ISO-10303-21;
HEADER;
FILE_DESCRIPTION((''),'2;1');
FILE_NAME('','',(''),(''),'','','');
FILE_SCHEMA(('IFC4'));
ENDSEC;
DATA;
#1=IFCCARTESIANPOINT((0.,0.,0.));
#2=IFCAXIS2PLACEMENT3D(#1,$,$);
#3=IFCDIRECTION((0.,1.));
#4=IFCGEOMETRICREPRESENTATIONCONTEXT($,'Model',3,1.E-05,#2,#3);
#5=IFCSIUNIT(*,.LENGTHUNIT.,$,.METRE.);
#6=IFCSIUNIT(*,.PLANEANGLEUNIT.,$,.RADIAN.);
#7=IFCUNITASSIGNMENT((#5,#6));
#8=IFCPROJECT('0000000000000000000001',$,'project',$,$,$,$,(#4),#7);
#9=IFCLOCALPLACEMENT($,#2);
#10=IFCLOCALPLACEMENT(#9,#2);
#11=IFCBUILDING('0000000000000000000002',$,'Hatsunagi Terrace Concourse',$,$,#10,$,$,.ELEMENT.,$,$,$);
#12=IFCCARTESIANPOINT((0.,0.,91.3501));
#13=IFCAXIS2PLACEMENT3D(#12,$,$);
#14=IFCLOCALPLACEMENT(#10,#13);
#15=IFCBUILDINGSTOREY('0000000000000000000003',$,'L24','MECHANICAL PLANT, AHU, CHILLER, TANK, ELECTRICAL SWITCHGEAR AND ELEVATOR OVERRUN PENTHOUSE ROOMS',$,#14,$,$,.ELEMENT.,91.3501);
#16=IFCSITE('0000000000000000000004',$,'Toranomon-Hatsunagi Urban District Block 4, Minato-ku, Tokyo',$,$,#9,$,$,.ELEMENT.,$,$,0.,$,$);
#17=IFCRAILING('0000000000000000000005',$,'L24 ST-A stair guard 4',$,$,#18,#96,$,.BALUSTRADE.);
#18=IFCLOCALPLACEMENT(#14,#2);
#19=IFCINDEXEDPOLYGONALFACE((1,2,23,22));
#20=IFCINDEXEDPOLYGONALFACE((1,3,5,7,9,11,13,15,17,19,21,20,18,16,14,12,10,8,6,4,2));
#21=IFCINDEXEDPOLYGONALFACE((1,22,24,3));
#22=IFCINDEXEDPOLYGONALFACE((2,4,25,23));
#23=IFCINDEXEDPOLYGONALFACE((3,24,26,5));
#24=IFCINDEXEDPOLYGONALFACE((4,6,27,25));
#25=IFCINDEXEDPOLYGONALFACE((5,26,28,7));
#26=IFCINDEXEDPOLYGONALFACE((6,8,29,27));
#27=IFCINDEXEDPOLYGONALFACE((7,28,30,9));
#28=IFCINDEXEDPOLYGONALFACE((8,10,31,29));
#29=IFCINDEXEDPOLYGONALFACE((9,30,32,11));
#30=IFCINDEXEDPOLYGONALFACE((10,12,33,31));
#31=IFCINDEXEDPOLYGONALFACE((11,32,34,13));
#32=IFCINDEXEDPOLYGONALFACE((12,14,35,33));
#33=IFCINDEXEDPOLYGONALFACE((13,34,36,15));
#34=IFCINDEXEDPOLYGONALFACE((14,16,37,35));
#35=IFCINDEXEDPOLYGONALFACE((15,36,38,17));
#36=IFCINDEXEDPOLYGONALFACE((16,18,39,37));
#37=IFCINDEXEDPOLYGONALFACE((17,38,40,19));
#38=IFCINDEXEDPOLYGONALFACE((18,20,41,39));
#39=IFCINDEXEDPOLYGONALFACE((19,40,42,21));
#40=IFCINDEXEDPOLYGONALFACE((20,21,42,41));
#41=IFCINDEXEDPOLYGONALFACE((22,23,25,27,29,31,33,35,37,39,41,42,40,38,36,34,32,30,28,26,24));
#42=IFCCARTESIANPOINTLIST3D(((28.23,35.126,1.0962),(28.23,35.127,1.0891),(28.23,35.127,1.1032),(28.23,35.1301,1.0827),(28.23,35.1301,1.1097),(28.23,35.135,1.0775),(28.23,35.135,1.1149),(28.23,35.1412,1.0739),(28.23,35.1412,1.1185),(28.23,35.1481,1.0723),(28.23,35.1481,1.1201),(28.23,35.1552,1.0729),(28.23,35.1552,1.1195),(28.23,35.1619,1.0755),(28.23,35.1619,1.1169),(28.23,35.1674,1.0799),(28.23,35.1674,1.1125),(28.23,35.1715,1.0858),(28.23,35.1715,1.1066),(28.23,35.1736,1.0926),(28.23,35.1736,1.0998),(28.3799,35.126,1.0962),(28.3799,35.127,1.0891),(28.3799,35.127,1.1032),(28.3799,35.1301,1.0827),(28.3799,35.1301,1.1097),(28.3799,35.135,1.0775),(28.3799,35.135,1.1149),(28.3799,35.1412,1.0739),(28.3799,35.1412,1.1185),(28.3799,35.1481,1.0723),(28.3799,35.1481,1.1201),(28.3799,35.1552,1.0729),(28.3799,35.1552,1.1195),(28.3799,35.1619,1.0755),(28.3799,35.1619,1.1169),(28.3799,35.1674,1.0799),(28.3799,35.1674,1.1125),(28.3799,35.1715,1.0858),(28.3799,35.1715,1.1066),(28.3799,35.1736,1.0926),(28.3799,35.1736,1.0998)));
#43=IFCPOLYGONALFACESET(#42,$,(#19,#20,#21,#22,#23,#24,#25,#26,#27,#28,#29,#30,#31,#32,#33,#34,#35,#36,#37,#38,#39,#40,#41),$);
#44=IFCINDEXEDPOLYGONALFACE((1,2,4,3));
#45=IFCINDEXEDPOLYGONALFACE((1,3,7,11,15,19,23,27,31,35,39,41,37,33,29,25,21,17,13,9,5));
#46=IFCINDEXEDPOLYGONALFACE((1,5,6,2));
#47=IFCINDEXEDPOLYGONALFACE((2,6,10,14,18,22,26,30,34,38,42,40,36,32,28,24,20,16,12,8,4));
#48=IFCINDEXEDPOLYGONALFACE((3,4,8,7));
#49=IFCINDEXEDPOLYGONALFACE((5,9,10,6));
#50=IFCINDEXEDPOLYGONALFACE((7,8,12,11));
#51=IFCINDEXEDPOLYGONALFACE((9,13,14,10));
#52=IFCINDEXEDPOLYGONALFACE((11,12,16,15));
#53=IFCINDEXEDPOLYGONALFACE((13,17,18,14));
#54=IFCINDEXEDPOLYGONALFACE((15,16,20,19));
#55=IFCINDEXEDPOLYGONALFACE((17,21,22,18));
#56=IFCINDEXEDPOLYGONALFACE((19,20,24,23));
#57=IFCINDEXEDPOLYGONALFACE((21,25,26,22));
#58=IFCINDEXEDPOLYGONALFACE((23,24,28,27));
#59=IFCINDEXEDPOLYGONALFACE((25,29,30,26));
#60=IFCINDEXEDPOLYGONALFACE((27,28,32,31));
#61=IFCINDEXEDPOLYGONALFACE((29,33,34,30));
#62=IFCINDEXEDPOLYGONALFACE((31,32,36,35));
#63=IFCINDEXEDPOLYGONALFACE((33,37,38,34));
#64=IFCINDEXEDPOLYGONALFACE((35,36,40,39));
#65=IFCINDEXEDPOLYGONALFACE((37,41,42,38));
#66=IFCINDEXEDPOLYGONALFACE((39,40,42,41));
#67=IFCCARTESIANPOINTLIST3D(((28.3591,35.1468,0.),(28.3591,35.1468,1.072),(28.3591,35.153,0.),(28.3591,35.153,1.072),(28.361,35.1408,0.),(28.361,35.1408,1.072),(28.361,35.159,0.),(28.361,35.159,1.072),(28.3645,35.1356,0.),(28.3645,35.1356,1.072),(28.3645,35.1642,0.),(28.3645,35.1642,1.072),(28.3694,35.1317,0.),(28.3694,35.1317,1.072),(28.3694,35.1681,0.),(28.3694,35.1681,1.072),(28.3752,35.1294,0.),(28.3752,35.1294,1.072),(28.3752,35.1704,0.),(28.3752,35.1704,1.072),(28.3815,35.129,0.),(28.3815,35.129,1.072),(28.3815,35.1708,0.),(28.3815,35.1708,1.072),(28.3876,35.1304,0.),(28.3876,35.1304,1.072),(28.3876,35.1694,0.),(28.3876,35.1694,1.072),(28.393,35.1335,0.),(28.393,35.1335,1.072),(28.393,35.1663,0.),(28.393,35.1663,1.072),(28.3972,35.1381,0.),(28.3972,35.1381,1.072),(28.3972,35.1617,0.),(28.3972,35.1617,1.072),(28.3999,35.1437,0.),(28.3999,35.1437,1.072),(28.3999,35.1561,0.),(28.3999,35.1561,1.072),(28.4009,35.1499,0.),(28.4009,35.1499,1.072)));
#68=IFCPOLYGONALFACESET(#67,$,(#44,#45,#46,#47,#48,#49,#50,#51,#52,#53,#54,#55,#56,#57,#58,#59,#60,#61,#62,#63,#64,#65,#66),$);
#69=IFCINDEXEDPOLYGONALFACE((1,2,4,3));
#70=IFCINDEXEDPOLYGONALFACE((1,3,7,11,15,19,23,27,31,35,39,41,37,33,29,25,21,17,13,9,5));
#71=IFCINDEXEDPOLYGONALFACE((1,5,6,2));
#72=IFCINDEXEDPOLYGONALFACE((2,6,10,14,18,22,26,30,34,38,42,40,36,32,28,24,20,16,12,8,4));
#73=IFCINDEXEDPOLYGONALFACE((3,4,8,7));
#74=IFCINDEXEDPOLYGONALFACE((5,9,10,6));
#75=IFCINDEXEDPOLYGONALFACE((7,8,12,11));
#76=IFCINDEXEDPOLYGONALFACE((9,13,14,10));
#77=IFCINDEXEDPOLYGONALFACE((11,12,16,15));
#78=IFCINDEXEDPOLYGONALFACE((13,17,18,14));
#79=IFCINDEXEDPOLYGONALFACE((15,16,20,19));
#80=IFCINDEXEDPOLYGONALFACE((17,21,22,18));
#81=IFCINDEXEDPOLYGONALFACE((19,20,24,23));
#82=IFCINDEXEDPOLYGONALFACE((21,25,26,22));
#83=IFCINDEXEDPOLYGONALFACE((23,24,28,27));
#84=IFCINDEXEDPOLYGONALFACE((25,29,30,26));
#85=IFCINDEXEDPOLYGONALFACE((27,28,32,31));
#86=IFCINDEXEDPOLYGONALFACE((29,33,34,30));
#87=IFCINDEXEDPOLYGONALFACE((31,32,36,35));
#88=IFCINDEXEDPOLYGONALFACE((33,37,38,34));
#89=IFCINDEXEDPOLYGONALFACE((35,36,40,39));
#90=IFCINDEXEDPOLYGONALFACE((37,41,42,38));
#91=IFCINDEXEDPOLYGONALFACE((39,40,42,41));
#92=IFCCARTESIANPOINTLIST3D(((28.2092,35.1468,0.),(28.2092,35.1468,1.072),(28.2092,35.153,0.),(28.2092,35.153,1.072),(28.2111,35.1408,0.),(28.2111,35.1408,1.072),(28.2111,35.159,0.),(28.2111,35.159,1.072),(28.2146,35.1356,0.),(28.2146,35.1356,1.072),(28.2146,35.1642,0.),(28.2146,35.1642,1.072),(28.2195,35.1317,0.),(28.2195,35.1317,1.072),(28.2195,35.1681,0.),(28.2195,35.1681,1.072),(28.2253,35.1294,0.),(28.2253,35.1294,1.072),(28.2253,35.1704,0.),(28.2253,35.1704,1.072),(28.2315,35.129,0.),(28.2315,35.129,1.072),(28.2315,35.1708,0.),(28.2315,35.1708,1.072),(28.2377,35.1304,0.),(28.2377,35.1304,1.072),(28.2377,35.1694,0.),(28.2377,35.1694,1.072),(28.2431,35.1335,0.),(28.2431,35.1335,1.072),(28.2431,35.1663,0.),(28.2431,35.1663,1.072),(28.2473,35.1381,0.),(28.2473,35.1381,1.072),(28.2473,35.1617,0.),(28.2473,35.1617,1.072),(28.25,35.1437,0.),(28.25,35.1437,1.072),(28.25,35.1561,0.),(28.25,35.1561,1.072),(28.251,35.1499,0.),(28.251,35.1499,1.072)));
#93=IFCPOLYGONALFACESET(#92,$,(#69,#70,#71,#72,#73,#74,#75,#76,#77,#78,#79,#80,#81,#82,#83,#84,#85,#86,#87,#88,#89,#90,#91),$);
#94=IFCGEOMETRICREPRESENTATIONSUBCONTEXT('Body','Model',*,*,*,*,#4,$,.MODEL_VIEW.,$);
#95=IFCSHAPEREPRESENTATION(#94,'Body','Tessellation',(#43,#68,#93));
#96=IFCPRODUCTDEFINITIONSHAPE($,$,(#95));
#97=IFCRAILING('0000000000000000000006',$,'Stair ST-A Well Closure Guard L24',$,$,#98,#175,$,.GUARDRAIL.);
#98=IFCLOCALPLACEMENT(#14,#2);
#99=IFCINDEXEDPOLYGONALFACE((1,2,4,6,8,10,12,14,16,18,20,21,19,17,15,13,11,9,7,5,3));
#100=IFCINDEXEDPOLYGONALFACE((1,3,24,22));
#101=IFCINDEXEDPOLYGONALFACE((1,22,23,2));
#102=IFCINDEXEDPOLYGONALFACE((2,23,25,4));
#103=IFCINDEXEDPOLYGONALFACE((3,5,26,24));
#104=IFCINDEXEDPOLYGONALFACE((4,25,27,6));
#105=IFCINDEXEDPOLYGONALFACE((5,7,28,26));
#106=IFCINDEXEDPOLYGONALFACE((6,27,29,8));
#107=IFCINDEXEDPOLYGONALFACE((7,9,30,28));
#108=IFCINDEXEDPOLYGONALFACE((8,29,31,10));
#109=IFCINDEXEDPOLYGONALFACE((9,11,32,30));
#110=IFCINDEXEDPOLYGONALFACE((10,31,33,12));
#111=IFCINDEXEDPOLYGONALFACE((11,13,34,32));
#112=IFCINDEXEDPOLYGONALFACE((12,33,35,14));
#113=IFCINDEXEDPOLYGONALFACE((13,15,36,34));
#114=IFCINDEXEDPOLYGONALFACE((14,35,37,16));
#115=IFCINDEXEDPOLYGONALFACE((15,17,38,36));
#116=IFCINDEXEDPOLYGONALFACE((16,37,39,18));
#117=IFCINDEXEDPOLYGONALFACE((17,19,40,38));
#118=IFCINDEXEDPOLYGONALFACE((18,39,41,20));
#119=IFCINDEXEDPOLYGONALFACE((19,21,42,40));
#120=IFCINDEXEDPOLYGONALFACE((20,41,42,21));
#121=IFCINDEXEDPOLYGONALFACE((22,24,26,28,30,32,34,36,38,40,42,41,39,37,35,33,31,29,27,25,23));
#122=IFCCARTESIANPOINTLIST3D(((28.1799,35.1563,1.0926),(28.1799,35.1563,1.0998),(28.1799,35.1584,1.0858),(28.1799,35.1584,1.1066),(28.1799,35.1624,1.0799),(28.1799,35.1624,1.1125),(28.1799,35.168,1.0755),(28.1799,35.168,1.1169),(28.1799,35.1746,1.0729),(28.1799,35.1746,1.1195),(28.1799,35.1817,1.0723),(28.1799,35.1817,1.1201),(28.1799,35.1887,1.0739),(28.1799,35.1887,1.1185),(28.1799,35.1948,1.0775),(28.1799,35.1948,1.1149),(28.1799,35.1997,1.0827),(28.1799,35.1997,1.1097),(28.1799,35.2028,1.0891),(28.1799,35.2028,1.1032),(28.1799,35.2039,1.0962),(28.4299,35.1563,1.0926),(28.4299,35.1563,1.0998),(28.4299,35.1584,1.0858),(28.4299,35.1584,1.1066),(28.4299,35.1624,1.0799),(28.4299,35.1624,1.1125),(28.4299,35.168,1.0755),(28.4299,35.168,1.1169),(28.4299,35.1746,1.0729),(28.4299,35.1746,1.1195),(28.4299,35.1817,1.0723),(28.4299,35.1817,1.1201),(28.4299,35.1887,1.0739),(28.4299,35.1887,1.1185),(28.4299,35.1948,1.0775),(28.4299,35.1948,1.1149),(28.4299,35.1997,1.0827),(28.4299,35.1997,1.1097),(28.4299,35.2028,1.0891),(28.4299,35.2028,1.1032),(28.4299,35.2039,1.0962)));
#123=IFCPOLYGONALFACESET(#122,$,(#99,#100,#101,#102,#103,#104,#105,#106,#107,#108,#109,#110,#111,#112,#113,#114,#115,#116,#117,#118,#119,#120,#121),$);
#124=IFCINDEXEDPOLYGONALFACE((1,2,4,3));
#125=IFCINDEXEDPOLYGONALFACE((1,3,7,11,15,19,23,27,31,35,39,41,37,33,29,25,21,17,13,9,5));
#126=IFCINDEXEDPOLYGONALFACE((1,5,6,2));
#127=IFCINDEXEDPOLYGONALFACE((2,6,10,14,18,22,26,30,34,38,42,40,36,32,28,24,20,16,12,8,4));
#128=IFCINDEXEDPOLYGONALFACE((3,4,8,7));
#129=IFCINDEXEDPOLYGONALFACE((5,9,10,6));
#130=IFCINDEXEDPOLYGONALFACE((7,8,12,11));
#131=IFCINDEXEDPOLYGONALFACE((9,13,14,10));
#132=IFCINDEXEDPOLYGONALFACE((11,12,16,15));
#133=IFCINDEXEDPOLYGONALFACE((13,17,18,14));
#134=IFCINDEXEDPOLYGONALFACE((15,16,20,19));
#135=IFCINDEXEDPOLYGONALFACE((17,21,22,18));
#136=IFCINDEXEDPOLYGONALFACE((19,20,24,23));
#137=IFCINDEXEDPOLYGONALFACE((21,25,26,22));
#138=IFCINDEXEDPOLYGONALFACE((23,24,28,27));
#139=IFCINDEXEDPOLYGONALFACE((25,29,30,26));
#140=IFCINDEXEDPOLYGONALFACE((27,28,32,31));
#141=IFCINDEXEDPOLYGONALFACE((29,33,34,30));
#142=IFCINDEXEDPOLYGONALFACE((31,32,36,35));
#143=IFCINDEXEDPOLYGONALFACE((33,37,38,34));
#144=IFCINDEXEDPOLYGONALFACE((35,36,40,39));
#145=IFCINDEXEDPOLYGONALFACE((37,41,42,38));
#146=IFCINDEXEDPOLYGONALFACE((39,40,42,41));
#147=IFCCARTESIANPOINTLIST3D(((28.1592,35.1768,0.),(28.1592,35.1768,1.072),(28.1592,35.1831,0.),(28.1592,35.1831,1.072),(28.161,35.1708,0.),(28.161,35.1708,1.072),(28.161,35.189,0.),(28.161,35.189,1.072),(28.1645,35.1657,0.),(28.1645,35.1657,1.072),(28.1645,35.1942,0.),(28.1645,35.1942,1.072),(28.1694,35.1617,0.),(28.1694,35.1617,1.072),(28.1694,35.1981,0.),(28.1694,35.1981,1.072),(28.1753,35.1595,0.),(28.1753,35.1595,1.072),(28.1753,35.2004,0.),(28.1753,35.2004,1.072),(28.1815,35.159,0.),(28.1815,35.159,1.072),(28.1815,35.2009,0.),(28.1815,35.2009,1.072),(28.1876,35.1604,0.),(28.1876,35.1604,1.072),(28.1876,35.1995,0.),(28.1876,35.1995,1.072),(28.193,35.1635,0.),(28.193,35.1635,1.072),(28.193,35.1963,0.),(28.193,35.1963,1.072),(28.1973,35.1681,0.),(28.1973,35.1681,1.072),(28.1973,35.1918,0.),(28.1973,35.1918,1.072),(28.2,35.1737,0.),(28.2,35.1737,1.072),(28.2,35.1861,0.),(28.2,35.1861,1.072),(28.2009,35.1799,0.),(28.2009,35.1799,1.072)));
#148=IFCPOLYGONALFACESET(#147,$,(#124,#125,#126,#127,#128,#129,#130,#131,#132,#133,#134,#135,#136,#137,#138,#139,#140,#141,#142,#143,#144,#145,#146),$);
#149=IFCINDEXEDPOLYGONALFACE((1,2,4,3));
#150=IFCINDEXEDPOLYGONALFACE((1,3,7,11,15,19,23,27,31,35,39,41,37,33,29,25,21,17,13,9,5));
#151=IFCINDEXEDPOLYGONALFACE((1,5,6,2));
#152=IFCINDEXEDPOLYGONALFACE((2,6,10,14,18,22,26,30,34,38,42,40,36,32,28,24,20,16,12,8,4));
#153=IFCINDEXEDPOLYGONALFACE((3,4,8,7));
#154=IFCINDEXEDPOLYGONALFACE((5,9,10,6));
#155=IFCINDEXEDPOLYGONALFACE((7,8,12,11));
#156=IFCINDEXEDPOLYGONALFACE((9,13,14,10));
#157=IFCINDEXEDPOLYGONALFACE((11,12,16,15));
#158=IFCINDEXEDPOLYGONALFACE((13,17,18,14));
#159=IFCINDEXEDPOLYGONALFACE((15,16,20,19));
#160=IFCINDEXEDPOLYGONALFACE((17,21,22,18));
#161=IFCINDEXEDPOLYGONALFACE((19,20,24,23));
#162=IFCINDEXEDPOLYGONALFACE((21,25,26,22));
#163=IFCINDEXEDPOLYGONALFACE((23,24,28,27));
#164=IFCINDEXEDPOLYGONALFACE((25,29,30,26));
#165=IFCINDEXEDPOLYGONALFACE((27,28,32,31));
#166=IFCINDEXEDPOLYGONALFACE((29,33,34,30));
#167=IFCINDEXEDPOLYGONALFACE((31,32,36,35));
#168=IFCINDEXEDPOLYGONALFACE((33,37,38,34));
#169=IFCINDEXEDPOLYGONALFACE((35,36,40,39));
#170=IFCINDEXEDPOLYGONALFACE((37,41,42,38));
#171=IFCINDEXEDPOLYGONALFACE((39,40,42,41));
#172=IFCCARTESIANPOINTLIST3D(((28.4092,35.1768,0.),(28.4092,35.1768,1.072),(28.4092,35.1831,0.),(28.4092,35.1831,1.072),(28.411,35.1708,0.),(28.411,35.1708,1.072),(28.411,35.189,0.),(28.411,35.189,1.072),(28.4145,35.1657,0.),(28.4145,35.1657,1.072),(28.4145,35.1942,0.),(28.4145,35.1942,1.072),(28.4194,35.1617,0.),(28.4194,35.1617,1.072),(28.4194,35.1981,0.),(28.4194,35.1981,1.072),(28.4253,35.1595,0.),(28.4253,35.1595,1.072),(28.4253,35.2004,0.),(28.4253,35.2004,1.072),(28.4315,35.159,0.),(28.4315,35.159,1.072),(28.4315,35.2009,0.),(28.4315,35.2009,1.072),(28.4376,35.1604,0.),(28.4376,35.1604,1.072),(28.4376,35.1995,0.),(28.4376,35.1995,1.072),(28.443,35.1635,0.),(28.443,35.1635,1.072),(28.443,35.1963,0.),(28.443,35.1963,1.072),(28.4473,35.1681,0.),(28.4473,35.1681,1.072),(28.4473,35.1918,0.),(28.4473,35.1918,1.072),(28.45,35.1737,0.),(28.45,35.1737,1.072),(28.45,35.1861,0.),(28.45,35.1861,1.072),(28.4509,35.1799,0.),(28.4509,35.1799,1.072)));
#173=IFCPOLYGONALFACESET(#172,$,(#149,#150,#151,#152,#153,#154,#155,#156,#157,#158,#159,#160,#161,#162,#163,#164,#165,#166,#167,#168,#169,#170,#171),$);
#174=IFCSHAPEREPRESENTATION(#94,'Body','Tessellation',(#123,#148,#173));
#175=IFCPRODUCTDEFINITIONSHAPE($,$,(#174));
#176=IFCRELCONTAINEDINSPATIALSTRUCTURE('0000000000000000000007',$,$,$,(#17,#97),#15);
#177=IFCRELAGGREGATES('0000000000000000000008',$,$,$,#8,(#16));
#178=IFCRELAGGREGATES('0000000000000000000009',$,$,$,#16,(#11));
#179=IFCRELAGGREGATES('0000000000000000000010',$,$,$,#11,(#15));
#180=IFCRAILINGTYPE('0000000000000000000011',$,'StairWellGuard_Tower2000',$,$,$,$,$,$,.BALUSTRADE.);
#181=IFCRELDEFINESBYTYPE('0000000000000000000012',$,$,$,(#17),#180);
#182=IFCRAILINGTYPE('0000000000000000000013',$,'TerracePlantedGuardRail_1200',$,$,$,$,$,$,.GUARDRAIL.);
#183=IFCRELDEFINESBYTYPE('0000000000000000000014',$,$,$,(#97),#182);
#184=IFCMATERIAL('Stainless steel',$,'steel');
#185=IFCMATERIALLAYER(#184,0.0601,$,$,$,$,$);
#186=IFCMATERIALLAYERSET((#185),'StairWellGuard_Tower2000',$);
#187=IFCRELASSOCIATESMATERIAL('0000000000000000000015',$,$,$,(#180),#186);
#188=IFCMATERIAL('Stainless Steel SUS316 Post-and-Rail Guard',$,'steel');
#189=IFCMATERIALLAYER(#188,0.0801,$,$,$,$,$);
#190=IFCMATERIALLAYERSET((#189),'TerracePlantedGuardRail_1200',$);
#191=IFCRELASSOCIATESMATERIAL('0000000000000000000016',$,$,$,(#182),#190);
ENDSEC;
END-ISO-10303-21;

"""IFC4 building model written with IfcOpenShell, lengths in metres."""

from ifc_helpers import new_model, si_unit, direction, frame, origin, origin_2d, place, context, subcontext, project, spatial, circle, extrude, material, layer, layer_set, type_object, element, save


model = new_model("IFC4")

# Units and contexts
model_context = context("Model", 3, precision=1e-05, world=origin(), true_north=direction((0.0, 1.0)))
body_context = subcontext(model_context, "Body", "Model", "MODEL_VIEW")
ifc_project = project(units=[si_unit("LENGTHUNIT", "METRE"), si_unit("PLANEANGLEUNIT", "RADIAN")], contexts=[model_context])

# Site, building, storey
site_placement = place(None, origin())
site = spatial("IfcSite", under=ifc_project, at=site_placement, Name="Toranomon-Hatsunagi Urban District Block 4, Minato-ku, Tokyo", CompositionType="ELEMENT", RefElevation=0.0)
building_placement = place(site_placement, origin())
building = spatial("IfcBuilding", under=site, at=building_placement, Name="Hatsunagi Terrace Concourse", CompositionType="ELEMENT")
storey_placement = place(building_placement, frame((0.0, 0.0, 91.3501)))
storey = spatial("IfcBuildingStorey", under=building, at=storey_placement, Name="L24", Description="MECHANICAL PLANT, AHU, CHILLER, TANK, ELECTRICAL SWITCHGEAR AND ELEVATOR OVERRUN PENTHOUSE ROOMS", CompositionType="ELEMENT", Elevation=91.3501)

# Railings
ifc_material_1 = material(Name="Stainless steel", Category="steel")
ifc_layer_1 = layer(ifc_material_1, 0.0601)
ifc_layer_set_1 = layer_set([ifc_layer_1], Name="StairWellGuard_Tower2000")
railing_type_1 = type_object("IfcRailingType", Name="StairWellGuard_Tower2000", PredefinedType="BALUSTRADE", material=ifc_layer_set_1)
railing_1_placement = place(storey_placement, frame((28.3799, 35.1499, 0.0)))
element("IfcRailing", 1, at=railing_1_placement, inside=storey, type_object=railing_type_1, Name="L24 ST-A stair guard 4", PredefinedType="BALUSTRADE", context=body_context, shape_type="SweptSolid", body=[
    extrude(circle(Radius=0.0239, at=origin_2d()), frame((0.0, 0.0, 1.0962), z_axis=(-1.0, 0.0, 0.0), x_axis=(0.0, -1.0, 0.0)), (0.0, 0.0, 1.0), 0.1499),
    extrude(circle(Radius=0.021, at=origin_2d()), origin(), (0.0, 0.0, 1.0), 1.072),
    extrude(circle(Radius=0.021, at=origin_2d()), frame((-0.1499, 0.0, 0.0)), (0.0, 0.0, 1.0), 1.072),
])
ifc_material_2 = material(Name="Stainless Steel SUS316 Post-and-Rail Guard", Category="steel")
ifc_layer_2 = layer(ifc_material_2, 0.0801)
ifc_layer_set_2 = layer_set([ifc_layer_2], Name="TerracePlantedGuardRail_1200")
railing_type_2 = type_object("IfcRailingType", Name="TerracePlantedGuardRail_1200", PredefinedType="GUARDRAIL", material=ifc_layer_set_2)
railing_2_placement = place(storey_placement, frame((28.1799, 35.1799, 0.0)))
element("IfcRailing", 2, at=railing_2_placement, inside=storey, type_object=railing_type_2, Name="Stair ST-A Well Closure Guard L24", PredefinedType="GUARDRAIL", context=body_context, shape_type="SweptSolid", body=[
    extrude(circle(Radius=0.0239, at=origin_2d()), frame((0.0, 0.0, 1.0962), z_axis=(1.0, 0.0, 0.0), x_axis=(0.0, 1.0, 0.0)), (0.0, 0.0, 1.0), 0.25),
    extrude(circle(Radius=0.021, at=origin_2d()), origin(), (0.0, 0.0, 1.0), 1.072),
    extrude(circle(Radius=0.021, at=origin_2d()), frame((0.25, 0.0, 0.0)), (0.0, 0.0, 1.0), 1.072),
])

save(model, "model.ifc")
